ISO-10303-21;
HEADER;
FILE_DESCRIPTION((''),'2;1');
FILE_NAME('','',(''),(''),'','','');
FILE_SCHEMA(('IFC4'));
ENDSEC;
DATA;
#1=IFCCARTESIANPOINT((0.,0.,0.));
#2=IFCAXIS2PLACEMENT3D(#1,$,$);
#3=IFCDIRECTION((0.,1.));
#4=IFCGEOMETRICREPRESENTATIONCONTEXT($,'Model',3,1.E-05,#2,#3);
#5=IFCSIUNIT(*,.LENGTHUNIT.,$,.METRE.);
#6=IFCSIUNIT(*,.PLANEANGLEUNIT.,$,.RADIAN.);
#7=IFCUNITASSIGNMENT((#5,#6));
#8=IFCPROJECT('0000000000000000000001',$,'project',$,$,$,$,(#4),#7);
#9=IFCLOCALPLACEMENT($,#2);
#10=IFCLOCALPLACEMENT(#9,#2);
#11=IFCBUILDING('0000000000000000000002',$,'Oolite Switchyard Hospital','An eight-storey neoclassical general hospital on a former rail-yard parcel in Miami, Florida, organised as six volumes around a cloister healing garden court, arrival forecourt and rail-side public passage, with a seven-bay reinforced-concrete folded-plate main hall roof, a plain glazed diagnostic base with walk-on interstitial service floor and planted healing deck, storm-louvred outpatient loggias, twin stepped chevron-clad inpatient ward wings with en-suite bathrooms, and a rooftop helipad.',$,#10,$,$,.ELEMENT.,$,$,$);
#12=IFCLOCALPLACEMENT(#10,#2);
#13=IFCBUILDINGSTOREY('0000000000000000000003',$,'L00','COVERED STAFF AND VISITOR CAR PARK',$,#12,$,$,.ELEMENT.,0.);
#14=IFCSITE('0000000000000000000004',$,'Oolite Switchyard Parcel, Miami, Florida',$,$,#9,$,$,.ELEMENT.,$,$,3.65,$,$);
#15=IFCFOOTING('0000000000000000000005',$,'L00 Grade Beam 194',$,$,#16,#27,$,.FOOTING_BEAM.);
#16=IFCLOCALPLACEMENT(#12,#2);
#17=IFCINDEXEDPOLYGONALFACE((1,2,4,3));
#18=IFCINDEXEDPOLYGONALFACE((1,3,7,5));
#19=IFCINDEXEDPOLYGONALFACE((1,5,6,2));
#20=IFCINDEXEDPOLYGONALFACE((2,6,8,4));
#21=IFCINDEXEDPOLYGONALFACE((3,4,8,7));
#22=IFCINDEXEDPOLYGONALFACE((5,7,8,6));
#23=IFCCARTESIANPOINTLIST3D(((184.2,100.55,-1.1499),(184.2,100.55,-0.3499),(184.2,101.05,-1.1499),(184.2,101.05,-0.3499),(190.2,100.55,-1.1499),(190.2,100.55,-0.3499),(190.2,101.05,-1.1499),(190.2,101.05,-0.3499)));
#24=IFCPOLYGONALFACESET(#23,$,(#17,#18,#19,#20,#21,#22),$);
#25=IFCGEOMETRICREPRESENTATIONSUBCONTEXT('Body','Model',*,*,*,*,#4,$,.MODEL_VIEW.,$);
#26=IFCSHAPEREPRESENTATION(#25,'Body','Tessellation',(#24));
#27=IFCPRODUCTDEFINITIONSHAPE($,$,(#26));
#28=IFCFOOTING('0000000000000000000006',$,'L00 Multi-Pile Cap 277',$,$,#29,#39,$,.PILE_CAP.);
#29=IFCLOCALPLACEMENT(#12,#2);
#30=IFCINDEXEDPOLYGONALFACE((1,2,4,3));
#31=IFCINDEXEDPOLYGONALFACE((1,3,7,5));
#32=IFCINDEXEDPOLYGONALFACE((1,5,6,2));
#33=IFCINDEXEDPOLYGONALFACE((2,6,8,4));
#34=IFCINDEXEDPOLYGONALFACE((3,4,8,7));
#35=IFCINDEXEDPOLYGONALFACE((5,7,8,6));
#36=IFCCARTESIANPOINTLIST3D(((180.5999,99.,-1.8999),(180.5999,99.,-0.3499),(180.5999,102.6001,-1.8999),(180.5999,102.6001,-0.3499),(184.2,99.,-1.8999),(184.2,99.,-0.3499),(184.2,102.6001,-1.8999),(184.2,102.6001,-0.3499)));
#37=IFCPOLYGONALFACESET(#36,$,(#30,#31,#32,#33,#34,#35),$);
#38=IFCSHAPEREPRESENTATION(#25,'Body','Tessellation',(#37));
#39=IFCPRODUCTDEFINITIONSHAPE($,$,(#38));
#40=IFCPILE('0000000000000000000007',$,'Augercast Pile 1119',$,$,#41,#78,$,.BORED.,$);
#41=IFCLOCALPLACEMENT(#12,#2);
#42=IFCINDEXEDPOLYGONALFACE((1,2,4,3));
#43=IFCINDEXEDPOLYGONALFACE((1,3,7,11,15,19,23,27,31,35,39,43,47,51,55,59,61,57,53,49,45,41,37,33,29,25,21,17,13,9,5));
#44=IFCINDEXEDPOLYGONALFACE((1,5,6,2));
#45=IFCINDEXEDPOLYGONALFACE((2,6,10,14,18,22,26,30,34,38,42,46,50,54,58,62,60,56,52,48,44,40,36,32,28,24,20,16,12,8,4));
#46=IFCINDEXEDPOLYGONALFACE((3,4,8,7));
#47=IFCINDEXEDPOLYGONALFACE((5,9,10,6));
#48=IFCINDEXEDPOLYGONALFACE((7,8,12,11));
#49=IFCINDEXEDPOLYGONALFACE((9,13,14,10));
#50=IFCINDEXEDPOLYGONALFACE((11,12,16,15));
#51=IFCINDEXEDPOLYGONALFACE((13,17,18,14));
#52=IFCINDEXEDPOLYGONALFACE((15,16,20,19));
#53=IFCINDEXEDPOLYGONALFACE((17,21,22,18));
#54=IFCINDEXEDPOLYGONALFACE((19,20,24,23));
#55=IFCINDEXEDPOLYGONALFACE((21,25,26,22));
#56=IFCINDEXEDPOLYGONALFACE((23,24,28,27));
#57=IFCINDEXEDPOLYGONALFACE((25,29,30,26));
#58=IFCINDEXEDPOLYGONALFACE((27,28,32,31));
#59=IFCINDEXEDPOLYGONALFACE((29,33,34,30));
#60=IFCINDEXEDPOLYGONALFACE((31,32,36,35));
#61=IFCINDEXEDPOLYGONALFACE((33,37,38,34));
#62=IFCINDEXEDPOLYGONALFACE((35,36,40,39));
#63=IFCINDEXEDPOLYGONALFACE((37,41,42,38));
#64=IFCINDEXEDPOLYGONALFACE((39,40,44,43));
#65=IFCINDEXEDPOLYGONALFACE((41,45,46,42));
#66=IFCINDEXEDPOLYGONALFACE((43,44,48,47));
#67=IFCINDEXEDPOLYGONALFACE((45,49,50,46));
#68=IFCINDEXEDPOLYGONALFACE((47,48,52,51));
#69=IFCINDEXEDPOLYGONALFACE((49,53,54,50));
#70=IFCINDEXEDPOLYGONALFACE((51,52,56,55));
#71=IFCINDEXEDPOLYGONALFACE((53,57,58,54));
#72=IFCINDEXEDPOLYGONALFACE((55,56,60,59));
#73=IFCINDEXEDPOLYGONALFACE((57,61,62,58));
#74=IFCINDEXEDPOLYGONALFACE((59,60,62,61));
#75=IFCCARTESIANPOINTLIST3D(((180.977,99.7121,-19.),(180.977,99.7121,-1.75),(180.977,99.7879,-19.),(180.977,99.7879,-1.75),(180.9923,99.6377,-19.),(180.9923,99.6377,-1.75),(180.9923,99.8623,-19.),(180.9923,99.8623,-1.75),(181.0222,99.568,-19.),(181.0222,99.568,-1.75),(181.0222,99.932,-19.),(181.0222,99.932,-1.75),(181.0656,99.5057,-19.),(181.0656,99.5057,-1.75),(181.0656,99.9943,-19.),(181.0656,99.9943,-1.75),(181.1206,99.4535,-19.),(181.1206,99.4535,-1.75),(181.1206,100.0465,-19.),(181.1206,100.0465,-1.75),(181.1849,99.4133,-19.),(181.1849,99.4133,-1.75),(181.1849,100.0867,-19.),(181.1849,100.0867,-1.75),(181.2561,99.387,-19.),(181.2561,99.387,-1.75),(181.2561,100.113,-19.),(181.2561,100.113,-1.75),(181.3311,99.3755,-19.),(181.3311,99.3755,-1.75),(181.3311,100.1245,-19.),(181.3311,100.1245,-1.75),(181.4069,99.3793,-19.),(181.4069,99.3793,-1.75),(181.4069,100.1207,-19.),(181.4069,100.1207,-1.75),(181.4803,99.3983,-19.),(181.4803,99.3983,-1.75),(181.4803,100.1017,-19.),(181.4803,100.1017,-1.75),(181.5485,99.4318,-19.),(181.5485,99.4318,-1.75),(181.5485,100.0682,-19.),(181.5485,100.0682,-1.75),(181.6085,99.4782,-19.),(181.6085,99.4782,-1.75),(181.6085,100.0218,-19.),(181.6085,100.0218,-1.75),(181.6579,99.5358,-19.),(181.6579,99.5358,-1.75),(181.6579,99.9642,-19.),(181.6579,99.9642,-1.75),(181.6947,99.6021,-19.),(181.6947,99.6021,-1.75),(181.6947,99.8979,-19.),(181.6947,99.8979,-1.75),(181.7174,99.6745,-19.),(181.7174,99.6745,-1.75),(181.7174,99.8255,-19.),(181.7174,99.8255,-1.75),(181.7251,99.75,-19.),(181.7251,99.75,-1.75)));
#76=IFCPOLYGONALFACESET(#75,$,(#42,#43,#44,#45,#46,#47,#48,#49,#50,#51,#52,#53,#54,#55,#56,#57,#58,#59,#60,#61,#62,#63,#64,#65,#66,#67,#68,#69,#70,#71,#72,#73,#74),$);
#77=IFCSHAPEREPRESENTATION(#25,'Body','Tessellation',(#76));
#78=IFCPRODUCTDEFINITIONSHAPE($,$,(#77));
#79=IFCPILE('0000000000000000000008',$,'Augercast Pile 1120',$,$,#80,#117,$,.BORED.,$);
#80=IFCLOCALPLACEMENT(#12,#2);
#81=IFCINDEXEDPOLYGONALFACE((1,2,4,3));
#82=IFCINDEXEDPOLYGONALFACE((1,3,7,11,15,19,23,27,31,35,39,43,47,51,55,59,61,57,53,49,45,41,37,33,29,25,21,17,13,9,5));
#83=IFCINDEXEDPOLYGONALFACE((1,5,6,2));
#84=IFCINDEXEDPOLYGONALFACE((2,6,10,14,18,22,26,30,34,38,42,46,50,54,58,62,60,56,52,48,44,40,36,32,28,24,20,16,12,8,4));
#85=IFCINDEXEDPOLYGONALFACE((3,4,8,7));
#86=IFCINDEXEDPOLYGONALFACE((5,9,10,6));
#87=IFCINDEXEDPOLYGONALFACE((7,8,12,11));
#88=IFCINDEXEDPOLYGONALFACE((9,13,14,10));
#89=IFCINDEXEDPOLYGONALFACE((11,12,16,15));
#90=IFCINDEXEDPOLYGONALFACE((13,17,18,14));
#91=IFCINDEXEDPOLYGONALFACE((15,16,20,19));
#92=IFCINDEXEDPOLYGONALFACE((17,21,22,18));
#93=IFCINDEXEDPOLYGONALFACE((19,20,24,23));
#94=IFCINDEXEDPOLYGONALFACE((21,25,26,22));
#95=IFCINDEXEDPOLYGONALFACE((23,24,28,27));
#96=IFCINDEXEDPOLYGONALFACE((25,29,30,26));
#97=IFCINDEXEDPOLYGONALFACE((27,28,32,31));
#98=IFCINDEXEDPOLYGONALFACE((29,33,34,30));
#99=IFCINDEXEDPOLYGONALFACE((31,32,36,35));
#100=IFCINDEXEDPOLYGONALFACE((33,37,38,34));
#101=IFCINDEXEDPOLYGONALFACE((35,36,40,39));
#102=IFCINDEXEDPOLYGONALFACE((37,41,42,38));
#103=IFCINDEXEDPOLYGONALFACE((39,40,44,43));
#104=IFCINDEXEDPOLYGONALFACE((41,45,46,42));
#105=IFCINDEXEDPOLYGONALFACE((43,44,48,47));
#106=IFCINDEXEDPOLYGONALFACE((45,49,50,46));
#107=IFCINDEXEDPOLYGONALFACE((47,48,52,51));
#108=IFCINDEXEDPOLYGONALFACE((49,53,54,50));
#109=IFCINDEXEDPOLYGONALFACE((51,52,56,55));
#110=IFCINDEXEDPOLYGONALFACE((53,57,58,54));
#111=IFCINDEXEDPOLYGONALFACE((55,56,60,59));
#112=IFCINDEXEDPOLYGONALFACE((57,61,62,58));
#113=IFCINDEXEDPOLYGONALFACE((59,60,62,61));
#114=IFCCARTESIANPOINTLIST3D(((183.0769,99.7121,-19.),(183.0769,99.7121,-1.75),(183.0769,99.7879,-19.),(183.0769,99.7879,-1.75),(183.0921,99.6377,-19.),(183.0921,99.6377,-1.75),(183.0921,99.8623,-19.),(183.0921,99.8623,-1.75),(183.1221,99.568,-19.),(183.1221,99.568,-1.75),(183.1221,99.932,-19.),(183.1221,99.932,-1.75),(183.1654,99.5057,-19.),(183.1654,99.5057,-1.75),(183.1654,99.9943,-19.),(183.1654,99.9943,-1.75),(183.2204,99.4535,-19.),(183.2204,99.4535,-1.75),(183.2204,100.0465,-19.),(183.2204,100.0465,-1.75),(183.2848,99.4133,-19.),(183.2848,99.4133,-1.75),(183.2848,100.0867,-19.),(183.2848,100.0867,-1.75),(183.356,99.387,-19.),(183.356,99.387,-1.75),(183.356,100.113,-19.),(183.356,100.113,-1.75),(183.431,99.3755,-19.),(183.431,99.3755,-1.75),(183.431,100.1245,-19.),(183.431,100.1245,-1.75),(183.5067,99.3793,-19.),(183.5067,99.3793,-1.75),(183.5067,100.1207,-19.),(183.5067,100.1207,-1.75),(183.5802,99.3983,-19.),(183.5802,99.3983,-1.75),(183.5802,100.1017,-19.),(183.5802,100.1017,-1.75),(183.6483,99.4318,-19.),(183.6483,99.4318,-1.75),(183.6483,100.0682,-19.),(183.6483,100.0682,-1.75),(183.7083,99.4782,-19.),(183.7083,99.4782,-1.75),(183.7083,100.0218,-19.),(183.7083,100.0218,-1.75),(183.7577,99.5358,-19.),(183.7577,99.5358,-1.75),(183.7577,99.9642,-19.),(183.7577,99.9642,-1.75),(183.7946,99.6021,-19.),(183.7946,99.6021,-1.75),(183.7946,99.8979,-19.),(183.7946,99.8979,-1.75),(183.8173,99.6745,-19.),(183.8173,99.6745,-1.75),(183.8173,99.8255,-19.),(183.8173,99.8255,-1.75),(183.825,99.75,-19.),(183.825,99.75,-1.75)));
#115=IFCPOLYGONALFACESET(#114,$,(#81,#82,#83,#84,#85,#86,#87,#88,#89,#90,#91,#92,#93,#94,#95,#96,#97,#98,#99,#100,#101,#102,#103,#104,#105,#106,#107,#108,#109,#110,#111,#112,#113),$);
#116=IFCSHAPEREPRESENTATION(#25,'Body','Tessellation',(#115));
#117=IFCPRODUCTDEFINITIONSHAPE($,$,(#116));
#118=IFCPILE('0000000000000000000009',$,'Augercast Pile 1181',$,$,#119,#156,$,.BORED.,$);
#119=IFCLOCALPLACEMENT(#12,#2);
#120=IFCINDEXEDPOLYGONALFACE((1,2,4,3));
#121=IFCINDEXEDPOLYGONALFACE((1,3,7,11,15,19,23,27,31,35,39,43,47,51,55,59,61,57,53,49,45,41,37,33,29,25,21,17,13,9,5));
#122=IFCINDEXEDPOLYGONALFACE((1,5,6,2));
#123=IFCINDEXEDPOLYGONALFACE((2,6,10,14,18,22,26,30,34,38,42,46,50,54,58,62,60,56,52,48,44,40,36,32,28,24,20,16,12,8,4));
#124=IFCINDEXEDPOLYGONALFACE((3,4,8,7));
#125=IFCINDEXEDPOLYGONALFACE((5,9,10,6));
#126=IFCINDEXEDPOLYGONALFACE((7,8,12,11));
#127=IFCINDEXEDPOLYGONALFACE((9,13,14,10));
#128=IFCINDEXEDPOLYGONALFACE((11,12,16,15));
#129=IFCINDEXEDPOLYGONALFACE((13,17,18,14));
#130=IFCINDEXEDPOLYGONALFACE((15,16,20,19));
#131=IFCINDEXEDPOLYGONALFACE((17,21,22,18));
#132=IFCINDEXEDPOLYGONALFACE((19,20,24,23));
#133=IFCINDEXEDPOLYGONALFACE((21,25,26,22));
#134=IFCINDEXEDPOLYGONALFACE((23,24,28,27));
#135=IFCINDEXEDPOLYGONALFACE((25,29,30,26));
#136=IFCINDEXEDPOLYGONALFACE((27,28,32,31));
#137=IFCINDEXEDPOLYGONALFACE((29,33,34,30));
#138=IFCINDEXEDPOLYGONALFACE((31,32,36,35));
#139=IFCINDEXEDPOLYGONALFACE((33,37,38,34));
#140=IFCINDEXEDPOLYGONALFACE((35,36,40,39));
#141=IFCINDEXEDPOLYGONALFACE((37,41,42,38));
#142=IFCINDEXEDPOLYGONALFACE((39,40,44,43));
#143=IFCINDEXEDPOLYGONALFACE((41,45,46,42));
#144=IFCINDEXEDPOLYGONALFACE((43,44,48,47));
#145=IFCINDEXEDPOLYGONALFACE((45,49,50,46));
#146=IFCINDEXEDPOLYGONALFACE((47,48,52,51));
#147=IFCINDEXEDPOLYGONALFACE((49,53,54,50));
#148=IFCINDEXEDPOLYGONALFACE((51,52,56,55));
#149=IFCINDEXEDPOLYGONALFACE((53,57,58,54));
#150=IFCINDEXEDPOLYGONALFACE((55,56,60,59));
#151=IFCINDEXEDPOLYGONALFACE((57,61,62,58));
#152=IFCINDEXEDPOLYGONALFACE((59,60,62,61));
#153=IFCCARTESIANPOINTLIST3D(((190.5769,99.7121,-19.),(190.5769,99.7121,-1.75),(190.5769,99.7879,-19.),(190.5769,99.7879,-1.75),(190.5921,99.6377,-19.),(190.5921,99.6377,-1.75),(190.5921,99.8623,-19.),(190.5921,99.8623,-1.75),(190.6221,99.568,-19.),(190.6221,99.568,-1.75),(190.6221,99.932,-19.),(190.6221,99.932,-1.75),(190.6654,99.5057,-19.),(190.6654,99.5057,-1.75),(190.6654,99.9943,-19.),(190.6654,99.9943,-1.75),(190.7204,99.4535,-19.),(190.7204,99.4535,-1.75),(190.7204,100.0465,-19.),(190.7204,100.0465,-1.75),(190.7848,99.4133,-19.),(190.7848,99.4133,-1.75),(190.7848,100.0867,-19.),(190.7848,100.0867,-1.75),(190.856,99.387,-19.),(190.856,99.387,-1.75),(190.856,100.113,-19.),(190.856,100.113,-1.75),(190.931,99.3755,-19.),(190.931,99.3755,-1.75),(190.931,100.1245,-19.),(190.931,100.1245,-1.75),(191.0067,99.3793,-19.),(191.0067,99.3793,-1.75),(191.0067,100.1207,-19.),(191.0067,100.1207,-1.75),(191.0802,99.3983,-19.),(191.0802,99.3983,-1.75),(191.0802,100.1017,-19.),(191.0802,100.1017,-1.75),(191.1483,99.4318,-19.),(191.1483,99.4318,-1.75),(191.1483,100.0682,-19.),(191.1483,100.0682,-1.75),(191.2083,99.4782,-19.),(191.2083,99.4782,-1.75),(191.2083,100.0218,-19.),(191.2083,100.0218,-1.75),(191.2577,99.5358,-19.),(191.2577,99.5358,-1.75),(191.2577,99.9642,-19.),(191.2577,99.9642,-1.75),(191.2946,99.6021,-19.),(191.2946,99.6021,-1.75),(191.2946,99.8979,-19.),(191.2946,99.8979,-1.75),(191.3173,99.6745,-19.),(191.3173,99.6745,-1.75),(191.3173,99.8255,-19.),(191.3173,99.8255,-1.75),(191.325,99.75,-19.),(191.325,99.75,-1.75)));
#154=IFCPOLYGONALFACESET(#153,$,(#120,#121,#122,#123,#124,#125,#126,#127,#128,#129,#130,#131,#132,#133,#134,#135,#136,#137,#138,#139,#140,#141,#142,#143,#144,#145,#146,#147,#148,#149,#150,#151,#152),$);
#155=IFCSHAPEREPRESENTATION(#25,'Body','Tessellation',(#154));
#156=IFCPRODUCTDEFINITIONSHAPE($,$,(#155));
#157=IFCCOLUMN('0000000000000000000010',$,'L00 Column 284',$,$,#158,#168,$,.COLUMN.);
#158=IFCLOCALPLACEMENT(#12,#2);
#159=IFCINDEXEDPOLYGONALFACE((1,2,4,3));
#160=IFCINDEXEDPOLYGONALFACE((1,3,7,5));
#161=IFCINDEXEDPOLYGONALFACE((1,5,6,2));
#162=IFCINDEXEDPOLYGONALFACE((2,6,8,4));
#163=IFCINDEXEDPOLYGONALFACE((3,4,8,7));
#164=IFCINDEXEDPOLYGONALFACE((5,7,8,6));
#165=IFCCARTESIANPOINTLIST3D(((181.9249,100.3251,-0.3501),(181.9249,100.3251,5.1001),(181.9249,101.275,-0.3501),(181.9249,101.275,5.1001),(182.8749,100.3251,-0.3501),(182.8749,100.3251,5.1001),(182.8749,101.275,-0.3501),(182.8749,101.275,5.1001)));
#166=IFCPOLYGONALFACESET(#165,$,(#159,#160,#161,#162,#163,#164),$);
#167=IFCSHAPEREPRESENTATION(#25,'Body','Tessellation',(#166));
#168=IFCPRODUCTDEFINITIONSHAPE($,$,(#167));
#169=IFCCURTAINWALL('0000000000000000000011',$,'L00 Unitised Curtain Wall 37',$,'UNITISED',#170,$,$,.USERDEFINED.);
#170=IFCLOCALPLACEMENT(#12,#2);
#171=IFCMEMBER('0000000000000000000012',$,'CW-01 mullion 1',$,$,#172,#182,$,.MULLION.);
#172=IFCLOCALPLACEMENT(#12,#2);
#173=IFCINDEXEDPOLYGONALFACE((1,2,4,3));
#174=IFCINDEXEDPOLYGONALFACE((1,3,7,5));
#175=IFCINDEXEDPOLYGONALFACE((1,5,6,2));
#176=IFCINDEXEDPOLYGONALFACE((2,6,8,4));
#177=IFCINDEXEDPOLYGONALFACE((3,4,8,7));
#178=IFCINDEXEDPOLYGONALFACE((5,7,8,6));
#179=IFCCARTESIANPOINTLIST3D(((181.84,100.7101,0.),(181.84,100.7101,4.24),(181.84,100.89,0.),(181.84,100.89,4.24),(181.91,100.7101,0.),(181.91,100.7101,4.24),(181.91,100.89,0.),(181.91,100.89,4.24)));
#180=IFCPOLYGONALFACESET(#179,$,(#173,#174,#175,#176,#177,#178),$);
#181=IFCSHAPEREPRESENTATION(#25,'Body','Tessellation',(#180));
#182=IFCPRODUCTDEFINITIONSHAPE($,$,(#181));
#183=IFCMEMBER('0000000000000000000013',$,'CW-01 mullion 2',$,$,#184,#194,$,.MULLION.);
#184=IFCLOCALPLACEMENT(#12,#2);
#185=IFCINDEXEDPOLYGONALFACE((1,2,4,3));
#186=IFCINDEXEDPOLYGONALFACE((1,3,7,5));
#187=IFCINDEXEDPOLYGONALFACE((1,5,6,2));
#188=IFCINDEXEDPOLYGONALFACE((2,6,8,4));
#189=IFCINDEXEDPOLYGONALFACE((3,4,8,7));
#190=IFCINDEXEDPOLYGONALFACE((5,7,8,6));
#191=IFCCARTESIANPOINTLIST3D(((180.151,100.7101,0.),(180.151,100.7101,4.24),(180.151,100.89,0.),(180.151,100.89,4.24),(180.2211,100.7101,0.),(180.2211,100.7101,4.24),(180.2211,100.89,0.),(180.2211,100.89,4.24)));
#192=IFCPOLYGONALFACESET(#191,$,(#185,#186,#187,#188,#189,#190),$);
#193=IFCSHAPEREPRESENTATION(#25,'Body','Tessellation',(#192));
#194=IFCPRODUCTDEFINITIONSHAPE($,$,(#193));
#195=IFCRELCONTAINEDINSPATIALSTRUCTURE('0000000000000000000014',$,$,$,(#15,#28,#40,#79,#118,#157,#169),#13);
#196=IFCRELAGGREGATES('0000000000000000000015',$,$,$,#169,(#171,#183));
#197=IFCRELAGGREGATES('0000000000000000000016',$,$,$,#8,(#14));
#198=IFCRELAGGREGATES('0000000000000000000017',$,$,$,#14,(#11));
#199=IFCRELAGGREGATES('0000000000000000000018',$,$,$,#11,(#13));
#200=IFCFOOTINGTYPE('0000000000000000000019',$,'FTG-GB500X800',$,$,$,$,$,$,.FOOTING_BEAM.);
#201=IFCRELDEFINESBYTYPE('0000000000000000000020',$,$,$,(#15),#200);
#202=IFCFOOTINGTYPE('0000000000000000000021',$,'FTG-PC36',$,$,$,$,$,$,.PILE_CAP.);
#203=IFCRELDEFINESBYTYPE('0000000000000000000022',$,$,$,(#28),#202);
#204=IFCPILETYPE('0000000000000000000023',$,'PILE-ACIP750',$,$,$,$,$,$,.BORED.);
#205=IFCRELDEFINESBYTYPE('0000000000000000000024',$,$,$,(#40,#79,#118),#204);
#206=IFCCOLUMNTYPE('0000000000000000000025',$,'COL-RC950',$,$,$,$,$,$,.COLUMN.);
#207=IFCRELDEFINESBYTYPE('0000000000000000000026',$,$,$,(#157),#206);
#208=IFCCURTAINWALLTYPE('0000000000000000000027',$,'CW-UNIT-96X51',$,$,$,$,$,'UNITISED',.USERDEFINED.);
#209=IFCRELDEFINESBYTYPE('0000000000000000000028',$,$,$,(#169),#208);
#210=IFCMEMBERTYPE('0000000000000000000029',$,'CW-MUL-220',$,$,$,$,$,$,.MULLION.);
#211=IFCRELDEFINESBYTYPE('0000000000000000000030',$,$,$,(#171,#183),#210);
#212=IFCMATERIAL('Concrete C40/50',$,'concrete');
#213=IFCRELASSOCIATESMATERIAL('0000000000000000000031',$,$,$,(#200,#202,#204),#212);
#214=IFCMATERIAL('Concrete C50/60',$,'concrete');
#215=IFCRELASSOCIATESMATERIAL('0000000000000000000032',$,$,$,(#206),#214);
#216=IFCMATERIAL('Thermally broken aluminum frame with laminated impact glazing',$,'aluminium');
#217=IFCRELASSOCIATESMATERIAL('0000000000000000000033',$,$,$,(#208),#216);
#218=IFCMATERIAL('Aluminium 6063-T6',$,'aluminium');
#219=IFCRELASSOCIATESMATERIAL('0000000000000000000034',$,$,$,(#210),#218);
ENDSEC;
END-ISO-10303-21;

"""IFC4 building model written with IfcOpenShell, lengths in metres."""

from ifc_helpers import new_model, si_unit, direction, frame, origin, origin_2d, place, context, subcontext, project, spatial, rectangle, circle, extrude, material, material_profile, profile_set, type_object, element, aggregate, save


model = new_model("IFC4")

# Units and contexts
model_context = context("Model", 3, precision=1e-05, world=origin(), true_north=direction((0.0, 1.0)))
body_context = subcontext(model_context, "Body", "Model", "MODEL_VIEW")
ifc_project = project(units=[si_unit("LENGTHUNIT", "METRE"), si_unit("PLANEANGLEUNIT", "RADIAN")], contexts=[model_context])

# Site, building, storey
site_placement = place(None, origin())
site = spatial("IfcSite", under=ifc_project, at=site_placement, Name="Oolite Switchyard Parcel, Miami, Florida", CompositionType="ELEMENT", RefElevation=3.65)
building_placement = place(site_placement, origin())
building = spatial("IfcBuilding", under=site, at=building_placement, Name="Oolite Switchyard Hospital", Description="An eight-storey neoclassical general hospital on a former rail-yard parcel in Miami, Florida, organised as six volumes around a cloister healing garden court, arrival forecourt and rail-side public passage, with a seven-bay reinforced-concrete folded-plate main hall roof, a plain glazed diagnostic base with walk-on interstitial service floor and planted healing deck, storm-louvred outpatient loggias, twin stepped chevron-clad inpatient ward wings with en-suite bathrooms, and a rooftop helipad.", CompositionType="ELEMENT")
storey_placement = place(building_placement, origin())
storey = spatial("IfcBuildingStorey", under=building, at=storey_placement, Name="L00", Description="COVERED STAFF AND VISITOR CAR PARK", CompositionType="ELEMENT", Elevation=0.0)

# Footings
ifc_material_1 = material(Name="Concrete C40/50", Category="concrete")
footing_type_1 = type_object("IfcFootingType", Name="FTG-GB500X800", PredefinedType="FOOTING_BEAM", material=ifc_material_1)
footing_1_placement = place(storey_placement, frame((187.2, 100.8, -1.1499), z_axis=(0.0, 0.0, 1.0), x_axis=(1.0, 0.0, 0.0)))
element("IfcFooting", 1, at=footing_1_placement, inside=storey, type_object=footing_type_1, Name="L00 Grade Beam 194", PredefinedType="FOOTING_BEAM", context=body_context, shape_type="SweptSolid", body=[
    extrude(rectangle(XDim=6.0, YDim=0.5, at=origin_2d()), origin(), (0.0, 0.0, 1.0), 0.8),
])
footing_type_2 = type_object("IfcFootingType", Name="FTG-PC36", PredefinedType="PILE_CAP", material=ifc_material_1)
footing_2_placement = place(storey_placement, frame((182.3999, 100.8, -1.8999), z_axis=(0.0, 0.0, 1.0), x_axis=(1.0, 0.0, 0.0)))
element("IfcFooting", 2, at=footing_2_placement, inside=storey, type_object=footing_type_2, Name="L00 Multi-Pile Cap 277", PredefinedType="PILE_CAP", context=body_context, shape_type="SweptSolid", body=[
    extrude(rectangle(XDim=3.6001, YDim=3.6001, at=origin_2d()), origin(), (0.0, 0.0, 1.0), 1.55),
])

# Piles
ifc_material_profile_1 = material_profile(ifc_material_1, circle(Radius=0.375, at=origin_2d()), Name="PILE750")
ifc_profile_set_1 = profile_set([ifc_material_profile_1], Name="Concrete C40/50")
pile_type = type_object("IfcPileType", Name="PILE-ACIP750", PredefinedType="BORED", material=ifc_profile_set_1)
for number, where, z_axis, x_axis, name in (
    (3, (181.3501, 99.75, -1.75), (0.0, 0.0, -1.0), (1.0, 0.0, 0.0), "Augercast Pile 1119"),
    (4, (183.45, 99.75, -1.75), (0.0, 0.0, -1.0), (1.0, 0.0, 0.0), "Augercast Pile 1120"),
    (5, (190.95, 99.75, -1.75), (0.0, 0.0, -1.0), (1.0, 0.0, 0.0), "Augercast Pile 1181"),
):
    element("IfcPile", number, at=place(storey_placement, frame(where, z_axis=z_axis, x_axis=x_axis)), inside=storey, type_object=pile_type, Name=name, PredefinedType="BORED", context=body_context, shape_type="SweptSolid", body=[
        extrude(circle(Radius=0.375, at=origin_2d()), origin(), (0.0, 0.0, 1.0), 17.25),
    ])

# Column
ifc_material_2 = material(Name="Concrete C50/60", Category="concrete")
ifc_material_profile_2 = material_profile(ifc_material_2, rectangle(XDim=0.95, YDim=0.95, at=origin_2d()), Name="RC950X950")
ifc_profile_set_2 = profile_set([ifc_material_profile_2], Name="Concrete C50/60")
column_type = type_object("IfcColumnType", Name="COL-RC950", PredefinedType="COLUMN", material=ifc_profile_set_2)
column_placement = place(storey_placement, frame((182.3999, 100.8, -0.3501), z_axis=(0.0, 0.0, 1.0), x_axis=(1.0, 0.0, 0.0)))
element("IfcColumn", 6, at=column_placement, inside=storey, type_object=column_type, Name="L00 Column 284", PredefinedType="COLUMN", context=body_context, shape_type="SweptSolid", body=[
    extrude(rectangle(XDim=0.95, YDim=0.95, at=origin_2d()), origin(), (0.0, 0.0, 1.0), 5.4502),
])

# Curtain wall, members
ifc_material_3 = material(Name="Thermally broken aluminum frame with laminated impact glazing", Category="aluminium")
curtain_wall_type = type_object("IfcCurtainWallType", Name="CW-UNIT-96X51", ElementType="UNITISED", PredefinedType="USERDEFINED", material=ifc_material_3)
curtain_wall_placement = place(storey_placement, origin())
curtain_wall = element("IfcCurtainWall", 7, at=curtain_wall_placement, inside=storey, type_object=curtain_wall_type, Name="L00 Unitised Curtain Wall 37", ObjectType="UNITISED", PredefinedType="USERDEFINED")
ifc_material_4 = material(Name="Aluminium 6063-T6", Category="aluminium")
ifc_material_profile_3 = material_profile(ifc_material_4, rectangle(XDim=0.1799, YDim=0.0701, at=origin_2d()), Name="CWM70X180")
ifc_profile_set_3 = profile_set([ifc_material_profile_3], Name="Aluminium 6063-T6")
member_type_1 = type_object("IfcMemberType", Name="CW-MUL-220", PredefinedType="MULLION", material=ifc_profile_set_3)
member_1_placement = place(storey_placement, frame((181.875, 100.8, 0.0), z_axis=(0.0, 0.0, 1.0), x_axis=(0.0, -1.0, 0.0)))
member_1 = element("IfcMember", 8, at=member_1_placement, type_object=member_type_1, Name="CW-01 mullion 1", PredefinedType="MULLION", context=body_context, shape_type="SweptSolid", body=[
    extrude(rectangle(XDim=0.1799, YDim=0.0701, at=origin_2d()), origin(), (0.0, 0.0, 1.0), 4.24),
])
member_2_placement = place(storey_placement, frame((180.186, 100.8, 0.0), z_axis=(0.0, 0.0, 1.0), x_axis=(0.0, -1.0, 0.0)))
member_2 = element("IfcMember", 9, at=member_2_placement, type_object=member_type_1, Name="CW-01 mullion 2", PredefinedType="MULLION", context=body_context, shape_type="SweptSolid", body=[
    extrude(rectangle(XDim=0.1799, YDim=0.0701, at=origin_2d()), origin(), (0.0, 0.0, 1.0), 4.24),
])
aggregate(curtain_wall, [member_1, member_2])

save(model, "model.ifc")
